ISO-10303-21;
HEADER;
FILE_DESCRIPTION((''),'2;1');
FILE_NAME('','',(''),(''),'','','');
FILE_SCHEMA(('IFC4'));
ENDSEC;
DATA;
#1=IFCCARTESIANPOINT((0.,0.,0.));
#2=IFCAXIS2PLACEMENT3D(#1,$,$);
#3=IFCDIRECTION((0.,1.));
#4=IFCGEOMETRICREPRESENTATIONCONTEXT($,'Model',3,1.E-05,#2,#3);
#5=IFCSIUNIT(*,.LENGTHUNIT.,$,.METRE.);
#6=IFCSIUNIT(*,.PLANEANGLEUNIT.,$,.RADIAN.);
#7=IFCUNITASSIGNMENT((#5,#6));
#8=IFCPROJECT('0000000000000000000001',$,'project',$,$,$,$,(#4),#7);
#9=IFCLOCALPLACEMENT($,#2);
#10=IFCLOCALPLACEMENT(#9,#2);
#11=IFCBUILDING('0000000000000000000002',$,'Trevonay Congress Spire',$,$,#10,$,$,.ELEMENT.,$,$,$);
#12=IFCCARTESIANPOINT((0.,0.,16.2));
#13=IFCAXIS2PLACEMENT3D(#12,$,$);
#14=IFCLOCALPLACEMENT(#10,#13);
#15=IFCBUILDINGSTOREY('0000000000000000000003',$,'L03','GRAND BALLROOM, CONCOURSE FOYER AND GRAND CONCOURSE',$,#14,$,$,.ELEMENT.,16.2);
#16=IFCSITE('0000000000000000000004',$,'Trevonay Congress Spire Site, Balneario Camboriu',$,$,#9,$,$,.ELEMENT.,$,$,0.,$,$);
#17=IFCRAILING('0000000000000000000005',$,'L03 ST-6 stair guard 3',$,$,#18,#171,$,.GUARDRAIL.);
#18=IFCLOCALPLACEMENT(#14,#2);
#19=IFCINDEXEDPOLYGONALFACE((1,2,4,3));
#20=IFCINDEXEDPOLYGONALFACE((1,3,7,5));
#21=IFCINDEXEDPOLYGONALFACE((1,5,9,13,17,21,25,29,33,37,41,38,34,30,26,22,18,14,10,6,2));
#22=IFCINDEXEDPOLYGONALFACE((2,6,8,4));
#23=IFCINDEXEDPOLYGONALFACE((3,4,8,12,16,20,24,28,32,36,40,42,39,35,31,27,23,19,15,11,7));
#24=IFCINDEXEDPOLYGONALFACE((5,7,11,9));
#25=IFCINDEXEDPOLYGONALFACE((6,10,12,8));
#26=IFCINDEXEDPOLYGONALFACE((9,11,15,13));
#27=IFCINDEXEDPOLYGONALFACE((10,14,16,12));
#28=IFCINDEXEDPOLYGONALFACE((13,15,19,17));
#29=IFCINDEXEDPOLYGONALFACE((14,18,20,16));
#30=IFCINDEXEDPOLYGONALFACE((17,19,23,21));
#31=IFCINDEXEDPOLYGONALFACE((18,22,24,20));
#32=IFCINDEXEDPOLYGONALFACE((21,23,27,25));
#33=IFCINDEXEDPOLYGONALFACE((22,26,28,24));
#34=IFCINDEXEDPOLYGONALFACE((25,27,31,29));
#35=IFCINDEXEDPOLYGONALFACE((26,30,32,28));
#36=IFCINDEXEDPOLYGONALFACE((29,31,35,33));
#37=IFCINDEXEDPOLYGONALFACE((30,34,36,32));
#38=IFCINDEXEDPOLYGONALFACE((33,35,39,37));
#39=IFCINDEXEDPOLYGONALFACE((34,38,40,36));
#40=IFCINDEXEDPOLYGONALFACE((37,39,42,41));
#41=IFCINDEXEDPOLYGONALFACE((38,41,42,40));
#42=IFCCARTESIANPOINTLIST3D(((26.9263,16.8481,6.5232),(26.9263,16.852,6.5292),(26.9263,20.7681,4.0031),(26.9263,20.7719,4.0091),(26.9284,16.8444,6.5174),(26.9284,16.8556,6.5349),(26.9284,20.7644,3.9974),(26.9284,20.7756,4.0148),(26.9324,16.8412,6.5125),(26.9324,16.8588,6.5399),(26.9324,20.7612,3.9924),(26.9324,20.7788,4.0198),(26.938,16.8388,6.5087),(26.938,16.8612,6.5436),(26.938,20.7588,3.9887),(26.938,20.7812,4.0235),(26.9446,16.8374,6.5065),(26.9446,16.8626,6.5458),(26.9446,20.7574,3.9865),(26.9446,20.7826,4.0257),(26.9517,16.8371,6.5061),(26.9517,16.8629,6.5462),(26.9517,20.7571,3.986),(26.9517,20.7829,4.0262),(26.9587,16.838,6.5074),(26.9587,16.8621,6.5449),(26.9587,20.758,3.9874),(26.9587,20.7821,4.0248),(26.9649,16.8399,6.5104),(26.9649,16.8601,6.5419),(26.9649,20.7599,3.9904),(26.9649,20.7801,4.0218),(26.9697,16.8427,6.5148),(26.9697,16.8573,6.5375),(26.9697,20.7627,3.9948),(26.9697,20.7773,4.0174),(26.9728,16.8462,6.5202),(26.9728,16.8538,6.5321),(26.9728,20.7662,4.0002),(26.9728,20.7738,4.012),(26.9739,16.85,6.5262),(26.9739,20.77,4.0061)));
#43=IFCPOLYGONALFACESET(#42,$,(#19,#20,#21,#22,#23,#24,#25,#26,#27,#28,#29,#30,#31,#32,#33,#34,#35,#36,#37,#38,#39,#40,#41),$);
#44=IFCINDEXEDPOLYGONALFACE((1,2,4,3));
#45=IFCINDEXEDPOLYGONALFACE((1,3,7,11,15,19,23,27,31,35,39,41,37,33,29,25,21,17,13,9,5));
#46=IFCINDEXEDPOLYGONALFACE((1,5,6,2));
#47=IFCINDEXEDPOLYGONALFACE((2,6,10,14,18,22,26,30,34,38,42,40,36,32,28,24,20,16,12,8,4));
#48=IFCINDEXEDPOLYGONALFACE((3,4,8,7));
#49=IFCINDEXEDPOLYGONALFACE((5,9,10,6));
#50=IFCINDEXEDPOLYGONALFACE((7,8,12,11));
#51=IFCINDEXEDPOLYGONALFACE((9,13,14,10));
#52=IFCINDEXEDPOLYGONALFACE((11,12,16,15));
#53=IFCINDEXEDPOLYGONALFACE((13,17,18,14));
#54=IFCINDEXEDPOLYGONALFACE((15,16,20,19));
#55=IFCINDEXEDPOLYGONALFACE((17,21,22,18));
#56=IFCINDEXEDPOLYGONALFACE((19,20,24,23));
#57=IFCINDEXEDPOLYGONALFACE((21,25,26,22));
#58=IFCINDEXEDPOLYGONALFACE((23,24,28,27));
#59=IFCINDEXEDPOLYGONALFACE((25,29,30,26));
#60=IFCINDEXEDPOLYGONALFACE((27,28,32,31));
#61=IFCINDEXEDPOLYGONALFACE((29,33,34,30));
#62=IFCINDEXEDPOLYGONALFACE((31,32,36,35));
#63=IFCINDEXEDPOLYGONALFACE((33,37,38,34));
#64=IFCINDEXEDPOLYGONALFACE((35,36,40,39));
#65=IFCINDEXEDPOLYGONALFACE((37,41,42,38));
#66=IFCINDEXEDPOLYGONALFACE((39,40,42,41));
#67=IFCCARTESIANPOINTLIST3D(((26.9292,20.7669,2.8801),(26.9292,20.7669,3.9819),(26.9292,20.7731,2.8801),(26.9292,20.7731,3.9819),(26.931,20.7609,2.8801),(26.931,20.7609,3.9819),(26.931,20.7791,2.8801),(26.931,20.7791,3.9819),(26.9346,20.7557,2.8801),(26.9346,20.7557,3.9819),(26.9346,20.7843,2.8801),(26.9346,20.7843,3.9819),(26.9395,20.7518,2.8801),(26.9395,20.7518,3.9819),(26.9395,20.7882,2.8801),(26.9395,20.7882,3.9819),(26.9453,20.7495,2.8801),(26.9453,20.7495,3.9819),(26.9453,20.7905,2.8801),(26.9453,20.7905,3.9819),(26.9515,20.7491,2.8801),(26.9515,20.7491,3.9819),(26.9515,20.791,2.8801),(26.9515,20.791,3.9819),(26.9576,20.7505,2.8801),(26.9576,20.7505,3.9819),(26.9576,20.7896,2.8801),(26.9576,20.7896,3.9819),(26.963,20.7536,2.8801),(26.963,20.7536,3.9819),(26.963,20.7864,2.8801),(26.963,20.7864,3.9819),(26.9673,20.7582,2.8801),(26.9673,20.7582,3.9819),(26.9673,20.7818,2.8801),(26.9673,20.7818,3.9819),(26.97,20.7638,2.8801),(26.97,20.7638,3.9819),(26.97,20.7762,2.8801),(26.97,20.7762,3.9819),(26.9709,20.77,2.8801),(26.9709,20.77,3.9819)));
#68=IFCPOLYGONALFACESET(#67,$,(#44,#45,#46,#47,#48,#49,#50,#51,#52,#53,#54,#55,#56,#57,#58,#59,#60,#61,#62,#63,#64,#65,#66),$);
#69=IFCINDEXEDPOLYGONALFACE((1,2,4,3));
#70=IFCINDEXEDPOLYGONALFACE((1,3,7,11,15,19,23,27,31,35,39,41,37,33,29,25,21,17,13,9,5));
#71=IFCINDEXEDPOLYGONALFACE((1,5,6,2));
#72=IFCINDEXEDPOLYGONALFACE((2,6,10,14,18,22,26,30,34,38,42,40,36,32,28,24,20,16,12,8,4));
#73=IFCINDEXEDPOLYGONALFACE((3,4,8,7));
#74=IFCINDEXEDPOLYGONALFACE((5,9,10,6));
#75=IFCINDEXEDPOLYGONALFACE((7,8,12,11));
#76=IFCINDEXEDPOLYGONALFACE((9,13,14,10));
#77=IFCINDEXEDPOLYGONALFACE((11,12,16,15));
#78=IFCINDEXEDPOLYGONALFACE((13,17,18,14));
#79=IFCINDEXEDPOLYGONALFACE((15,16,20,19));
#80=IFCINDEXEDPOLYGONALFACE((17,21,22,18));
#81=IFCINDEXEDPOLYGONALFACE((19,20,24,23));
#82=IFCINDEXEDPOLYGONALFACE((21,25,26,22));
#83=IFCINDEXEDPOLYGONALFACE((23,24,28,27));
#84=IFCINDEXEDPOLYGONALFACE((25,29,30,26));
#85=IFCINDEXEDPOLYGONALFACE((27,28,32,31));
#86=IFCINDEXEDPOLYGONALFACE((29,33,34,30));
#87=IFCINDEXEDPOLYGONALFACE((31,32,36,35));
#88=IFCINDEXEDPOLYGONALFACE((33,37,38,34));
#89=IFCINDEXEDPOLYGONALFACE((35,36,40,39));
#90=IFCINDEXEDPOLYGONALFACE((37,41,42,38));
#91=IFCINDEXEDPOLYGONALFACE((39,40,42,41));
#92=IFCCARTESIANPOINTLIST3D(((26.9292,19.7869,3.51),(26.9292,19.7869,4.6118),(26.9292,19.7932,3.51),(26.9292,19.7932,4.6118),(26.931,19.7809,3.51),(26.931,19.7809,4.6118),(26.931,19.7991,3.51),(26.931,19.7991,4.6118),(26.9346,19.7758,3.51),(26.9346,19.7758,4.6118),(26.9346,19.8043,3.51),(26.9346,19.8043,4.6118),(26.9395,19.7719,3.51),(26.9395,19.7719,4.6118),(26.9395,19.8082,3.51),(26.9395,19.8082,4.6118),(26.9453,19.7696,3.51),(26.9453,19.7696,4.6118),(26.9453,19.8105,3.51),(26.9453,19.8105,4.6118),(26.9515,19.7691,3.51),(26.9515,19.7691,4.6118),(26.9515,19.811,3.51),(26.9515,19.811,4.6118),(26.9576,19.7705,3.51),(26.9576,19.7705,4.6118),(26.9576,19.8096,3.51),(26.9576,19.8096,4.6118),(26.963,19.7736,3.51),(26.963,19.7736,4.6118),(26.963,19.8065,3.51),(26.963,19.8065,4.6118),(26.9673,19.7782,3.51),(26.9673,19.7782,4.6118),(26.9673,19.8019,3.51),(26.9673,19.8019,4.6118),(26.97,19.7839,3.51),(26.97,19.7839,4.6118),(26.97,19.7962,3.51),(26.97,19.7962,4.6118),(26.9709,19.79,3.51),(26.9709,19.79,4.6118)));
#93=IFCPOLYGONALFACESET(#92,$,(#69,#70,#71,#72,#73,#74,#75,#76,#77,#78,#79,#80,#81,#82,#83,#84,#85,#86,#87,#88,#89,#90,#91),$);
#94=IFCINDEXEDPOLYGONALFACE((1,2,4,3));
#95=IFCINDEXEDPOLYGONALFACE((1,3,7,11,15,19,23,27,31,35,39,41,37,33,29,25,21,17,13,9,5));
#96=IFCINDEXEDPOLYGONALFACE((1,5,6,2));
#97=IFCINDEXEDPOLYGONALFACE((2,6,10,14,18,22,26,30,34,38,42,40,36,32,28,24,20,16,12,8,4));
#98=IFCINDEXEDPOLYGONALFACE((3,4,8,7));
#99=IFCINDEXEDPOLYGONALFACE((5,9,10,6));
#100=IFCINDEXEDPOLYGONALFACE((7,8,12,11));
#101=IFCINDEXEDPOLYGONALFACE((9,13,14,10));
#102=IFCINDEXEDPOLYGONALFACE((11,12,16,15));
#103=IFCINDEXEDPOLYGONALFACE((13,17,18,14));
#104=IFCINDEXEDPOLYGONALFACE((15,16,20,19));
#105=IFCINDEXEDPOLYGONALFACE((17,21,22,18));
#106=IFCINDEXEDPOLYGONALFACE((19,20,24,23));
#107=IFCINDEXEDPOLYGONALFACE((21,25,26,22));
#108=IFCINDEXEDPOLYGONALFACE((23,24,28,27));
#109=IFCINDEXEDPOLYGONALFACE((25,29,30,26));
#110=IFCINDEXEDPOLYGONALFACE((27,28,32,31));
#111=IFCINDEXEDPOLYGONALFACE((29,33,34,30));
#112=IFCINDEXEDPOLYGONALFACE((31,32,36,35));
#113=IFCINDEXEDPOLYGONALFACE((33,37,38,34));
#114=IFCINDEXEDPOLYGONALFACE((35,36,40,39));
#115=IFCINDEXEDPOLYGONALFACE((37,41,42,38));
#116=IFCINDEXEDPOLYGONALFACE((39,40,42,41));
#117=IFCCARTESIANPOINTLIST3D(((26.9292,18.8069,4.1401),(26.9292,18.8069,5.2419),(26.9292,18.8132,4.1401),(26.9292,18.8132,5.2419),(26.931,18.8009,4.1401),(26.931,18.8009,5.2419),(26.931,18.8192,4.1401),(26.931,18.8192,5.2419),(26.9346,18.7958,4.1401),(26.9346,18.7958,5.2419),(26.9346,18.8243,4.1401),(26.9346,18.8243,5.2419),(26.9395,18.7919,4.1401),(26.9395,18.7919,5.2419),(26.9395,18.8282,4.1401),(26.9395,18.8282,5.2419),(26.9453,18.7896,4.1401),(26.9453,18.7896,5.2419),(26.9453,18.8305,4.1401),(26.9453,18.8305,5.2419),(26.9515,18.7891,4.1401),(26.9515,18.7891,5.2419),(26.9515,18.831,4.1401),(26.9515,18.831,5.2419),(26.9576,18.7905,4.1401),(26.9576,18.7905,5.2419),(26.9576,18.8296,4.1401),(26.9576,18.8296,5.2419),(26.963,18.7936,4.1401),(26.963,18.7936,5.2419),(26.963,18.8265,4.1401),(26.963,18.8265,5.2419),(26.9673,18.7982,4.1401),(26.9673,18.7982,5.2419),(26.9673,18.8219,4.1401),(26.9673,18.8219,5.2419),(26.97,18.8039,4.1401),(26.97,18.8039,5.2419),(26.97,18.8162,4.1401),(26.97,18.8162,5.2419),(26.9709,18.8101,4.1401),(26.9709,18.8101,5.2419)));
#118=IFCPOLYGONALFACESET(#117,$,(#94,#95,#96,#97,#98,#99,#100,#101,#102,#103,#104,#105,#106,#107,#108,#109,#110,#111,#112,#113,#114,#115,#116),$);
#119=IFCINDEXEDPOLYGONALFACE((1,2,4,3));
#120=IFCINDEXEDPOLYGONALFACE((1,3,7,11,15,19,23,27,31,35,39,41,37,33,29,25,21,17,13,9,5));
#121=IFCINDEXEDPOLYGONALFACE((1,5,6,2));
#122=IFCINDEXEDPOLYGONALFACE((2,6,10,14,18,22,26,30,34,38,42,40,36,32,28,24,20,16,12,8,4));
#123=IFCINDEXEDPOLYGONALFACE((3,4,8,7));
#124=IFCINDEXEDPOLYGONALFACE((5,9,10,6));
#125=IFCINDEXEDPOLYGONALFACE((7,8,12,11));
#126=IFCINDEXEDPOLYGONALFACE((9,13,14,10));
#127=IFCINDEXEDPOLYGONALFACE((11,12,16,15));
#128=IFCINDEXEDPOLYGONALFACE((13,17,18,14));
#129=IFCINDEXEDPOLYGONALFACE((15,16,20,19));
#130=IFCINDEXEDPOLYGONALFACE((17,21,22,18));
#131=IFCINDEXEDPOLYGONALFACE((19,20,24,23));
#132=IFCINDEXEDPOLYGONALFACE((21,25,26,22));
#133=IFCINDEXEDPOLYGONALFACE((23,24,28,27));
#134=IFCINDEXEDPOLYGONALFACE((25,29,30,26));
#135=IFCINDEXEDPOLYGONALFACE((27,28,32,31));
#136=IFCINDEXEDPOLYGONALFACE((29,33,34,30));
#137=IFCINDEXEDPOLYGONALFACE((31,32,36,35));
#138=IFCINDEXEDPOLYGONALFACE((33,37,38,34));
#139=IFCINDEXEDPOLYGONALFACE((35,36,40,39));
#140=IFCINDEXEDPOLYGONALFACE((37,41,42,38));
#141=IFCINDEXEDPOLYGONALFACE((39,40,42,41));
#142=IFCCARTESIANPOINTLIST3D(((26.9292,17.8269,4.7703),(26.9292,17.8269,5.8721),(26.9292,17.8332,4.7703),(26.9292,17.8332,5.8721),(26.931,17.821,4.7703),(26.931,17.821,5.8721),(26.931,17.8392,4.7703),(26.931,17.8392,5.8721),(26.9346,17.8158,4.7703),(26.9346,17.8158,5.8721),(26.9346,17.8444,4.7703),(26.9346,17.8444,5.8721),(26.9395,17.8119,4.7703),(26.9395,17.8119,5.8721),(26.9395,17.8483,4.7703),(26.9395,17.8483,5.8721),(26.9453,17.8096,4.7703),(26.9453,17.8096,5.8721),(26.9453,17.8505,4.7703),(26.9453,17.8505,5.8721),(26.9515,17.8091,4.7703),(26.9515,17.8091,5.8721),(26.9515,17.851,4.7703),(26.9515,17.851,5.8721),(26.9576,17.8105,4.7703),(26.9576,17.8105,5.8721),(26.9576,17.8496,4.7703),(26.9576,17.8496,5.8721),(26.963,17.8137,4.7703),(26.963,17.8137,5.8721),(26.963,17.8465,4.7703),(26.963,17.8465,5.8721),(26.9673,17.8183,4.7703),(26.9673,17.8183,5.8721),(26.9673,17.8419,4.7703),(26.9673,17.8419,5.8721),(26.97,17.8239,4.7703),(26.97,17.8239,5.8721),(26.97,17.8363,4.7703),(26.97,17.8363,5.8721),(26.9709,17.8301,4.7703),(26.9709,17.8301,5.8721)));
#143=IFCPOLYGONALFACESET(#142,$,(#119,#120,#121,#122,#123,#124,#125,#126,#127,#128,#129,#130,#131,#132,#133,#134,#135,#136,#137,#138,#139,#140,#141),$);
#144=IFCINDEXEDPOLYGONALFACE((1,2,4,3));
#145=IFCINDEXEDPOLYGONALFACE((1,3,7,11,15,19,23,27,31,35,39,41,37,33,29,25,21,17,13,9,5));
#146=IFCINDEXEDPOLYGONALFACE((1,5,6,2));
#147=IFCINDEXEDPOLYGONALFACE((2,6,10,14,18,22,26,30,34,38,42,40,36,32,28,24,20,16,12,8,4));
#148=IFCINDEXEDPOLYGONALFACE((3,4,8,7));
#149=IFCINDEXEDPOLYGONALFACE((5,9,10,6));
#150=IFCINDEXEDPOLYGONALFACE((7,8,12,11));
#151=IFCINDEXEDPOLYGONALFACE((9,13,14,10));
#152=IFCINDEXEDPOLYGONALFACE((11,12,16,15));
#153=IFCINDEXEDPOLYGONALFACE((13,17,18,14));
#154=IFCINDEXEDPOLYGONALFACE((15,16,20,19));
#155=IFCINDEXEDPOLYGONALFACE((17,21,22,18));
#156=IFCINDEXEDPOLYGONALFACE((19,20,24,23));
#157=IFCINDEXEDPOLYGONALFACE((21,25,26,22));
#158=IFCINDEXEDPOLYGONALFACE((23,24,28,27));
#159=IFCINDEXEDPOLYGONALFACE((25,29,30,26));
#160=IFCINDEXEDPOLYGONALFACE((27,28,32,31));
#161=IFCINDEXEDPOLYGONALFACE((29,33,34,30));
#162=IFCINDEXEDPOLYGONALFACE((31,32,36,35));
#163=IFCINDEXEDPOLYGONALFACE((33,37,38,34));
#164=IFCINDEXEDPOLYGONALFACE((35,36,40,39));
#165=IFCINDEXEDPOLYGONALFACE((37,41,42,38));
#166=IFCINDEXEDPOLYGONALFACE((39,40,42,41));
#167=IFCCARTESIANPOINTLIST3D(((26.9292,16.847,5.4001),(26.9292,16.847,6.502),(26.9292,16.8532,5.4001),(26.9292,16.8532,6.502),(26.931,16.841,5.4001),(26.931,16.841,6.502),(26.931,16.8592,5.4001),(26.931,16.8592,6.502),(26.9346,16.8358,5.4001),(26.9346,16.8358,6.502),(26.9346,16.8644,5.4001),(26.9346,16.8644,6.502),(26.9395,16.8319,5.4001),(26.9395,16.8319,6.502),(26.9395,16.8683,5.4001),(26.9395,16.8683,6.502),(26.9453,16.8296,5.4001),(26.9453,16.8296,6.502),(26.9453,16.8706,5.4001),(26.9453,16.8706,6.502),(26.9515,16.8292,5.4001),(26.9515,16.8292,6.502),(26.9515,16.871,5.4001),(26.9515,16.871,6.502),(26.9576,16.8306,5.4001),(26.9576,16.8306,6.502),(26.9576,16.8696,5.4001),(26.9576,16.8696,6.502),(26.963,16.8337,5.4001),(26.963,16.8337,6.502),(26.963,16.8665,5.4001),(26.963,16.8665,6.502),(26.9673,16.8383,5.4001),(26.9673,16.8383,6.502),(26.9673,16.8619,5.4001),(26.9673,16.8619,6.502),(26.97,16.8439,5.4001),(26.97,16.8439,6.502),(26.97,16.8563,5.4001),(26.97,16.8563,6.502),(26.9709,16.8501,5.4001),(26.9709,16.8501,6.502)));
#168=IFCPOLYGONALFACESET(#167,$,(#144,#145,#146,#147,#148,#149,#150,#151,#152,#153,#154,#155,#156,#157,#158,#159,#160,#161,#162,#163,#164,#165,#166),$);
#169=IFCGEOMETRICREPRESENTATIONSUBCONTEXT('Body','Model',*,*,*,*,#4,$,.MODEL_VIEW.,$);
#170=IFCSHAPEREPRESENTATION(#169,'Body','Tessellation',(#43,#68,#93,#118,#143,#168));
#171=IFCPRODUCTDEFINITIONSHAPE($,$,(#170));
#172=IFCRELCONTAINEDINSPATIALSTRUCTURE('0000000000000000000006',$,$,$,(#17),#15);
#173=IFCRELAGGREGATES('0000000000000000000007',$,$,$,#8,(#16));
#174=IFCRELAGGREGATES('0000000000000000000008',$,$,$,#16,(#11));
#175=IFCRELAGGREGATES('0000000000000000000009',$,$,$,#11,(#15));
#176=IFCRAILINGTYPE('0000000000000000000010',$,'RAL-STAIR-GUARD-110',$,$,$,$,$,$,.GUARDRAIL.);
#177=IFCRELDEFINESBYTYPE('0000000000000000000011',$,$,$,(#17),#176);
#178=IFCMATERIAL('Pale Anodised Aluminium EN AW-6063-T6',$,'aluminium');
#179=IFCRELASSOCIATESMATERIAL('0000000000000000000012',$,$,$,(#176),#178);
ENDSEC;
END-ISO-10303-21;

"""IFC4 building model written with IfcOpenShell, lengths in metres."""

from ifc_helpers import new_model, si_unit, direction, frame, origin, origin_2d, place, context, subcontext, project, spatial, circle, extrude, material, type_object, element, save


model = new_model("IFC4")

# Units and contexts
model_context = context("Model", 3, precision=1e-05, world=origin(), true_north=direction((0.0, 1.0)))
body_context = subcontext(model_context, "Body", "Model", "MODEL_VIEW")
ifc_project = project(units=[si_unit("LENGTHUNIT", "METRE"), si_unit("PLANEANGLEUNIT", "RADIAN")], contexts=[model_context])

# Site, building, storey
site_placement = place(None, origin())
site = spatial("IfcSite", under=ifc_project, at=site_placement, Name="Trevonay Congress Spire Site, Balneario Camboriu", CompositionType="ELEMENT", RefElevation=0.0)
building_placement = place(site_placement, origin())
building = spatial("IfcBuilding", under=site, at=building_placement, Name="Trevonay Congress Spire", CompositionType="ELEMENT")
storey_placement = place(building_placement, frame((0.0, 0.0, 16.2)))
storey = spatial("IfcBuildingStorey", under=building, at=storey_placement, Name="L03", Description="GRAND BALLROOM, CONCOURSE FOYER AND GRAND CONCOURSE", CompositionType="ELEMENT", Elevation=16.2)

# Shared definitions
ifc_material_1 = material(Name="Pale Anodised Aluminium EN AW-6063-T6", Category="aluminium")

# Railing
railing_type_1 = type_object("IfcRailingType", Name="RAL-STAIR-GUARD-110", PredefinedType="GUARDRAIL", material=ifc_material_1)
railing_1_placement = place(storey_placement, frame((26.95, 20.77, 2.8801)))
element("IfcRailing", 1, at=railing_1_placement, inside=storey, type_object=railing_type_1, Name="L03 ST-6 stair guard 3", PredefinedType="GUARDRAIL", context=body_context, shape_type="SweptSolid", body=[
    extrude(circle(Radius=0.0239, at=origin_2d()), frame((0.0, 0.0, 1.126), z_axis=(0.0, -0.841172, 0.540768), x_axis=(1.0, 0.0, 0.0)), (0.0, 0.0, 1.0), 4.6602),
    extrude(circle(Radius=0.021, at=origin_2d()), origin(), (0.0, 0.0, 1.0), 1.1018),
    extrude(circle(Radius=0.021, at=origin_2d()), frame((0.0, -0.98, 0.6299)), (0.0, 0.0, 1.0), 1.1018),
    extrude(circle(Radius=0.021, at=origin_2d()), frame((0.0, -1.96, 1.26)), (0.0, 0.0, 1.0), 1.1018),
    extrude(circle(Radius=0.021, at=origin_2d()), frame((0.0, -2.9399, 1.8901)), (0.0, 0.0, 1.0), 1.1018),
    extrude(circle(Radius=0.021, at=origin_2d()), frame((0.0, -3.9199, 2.52)), (0.0, 0.0, 1.0), 1.1018),
])

save(model, "model.ifc")
